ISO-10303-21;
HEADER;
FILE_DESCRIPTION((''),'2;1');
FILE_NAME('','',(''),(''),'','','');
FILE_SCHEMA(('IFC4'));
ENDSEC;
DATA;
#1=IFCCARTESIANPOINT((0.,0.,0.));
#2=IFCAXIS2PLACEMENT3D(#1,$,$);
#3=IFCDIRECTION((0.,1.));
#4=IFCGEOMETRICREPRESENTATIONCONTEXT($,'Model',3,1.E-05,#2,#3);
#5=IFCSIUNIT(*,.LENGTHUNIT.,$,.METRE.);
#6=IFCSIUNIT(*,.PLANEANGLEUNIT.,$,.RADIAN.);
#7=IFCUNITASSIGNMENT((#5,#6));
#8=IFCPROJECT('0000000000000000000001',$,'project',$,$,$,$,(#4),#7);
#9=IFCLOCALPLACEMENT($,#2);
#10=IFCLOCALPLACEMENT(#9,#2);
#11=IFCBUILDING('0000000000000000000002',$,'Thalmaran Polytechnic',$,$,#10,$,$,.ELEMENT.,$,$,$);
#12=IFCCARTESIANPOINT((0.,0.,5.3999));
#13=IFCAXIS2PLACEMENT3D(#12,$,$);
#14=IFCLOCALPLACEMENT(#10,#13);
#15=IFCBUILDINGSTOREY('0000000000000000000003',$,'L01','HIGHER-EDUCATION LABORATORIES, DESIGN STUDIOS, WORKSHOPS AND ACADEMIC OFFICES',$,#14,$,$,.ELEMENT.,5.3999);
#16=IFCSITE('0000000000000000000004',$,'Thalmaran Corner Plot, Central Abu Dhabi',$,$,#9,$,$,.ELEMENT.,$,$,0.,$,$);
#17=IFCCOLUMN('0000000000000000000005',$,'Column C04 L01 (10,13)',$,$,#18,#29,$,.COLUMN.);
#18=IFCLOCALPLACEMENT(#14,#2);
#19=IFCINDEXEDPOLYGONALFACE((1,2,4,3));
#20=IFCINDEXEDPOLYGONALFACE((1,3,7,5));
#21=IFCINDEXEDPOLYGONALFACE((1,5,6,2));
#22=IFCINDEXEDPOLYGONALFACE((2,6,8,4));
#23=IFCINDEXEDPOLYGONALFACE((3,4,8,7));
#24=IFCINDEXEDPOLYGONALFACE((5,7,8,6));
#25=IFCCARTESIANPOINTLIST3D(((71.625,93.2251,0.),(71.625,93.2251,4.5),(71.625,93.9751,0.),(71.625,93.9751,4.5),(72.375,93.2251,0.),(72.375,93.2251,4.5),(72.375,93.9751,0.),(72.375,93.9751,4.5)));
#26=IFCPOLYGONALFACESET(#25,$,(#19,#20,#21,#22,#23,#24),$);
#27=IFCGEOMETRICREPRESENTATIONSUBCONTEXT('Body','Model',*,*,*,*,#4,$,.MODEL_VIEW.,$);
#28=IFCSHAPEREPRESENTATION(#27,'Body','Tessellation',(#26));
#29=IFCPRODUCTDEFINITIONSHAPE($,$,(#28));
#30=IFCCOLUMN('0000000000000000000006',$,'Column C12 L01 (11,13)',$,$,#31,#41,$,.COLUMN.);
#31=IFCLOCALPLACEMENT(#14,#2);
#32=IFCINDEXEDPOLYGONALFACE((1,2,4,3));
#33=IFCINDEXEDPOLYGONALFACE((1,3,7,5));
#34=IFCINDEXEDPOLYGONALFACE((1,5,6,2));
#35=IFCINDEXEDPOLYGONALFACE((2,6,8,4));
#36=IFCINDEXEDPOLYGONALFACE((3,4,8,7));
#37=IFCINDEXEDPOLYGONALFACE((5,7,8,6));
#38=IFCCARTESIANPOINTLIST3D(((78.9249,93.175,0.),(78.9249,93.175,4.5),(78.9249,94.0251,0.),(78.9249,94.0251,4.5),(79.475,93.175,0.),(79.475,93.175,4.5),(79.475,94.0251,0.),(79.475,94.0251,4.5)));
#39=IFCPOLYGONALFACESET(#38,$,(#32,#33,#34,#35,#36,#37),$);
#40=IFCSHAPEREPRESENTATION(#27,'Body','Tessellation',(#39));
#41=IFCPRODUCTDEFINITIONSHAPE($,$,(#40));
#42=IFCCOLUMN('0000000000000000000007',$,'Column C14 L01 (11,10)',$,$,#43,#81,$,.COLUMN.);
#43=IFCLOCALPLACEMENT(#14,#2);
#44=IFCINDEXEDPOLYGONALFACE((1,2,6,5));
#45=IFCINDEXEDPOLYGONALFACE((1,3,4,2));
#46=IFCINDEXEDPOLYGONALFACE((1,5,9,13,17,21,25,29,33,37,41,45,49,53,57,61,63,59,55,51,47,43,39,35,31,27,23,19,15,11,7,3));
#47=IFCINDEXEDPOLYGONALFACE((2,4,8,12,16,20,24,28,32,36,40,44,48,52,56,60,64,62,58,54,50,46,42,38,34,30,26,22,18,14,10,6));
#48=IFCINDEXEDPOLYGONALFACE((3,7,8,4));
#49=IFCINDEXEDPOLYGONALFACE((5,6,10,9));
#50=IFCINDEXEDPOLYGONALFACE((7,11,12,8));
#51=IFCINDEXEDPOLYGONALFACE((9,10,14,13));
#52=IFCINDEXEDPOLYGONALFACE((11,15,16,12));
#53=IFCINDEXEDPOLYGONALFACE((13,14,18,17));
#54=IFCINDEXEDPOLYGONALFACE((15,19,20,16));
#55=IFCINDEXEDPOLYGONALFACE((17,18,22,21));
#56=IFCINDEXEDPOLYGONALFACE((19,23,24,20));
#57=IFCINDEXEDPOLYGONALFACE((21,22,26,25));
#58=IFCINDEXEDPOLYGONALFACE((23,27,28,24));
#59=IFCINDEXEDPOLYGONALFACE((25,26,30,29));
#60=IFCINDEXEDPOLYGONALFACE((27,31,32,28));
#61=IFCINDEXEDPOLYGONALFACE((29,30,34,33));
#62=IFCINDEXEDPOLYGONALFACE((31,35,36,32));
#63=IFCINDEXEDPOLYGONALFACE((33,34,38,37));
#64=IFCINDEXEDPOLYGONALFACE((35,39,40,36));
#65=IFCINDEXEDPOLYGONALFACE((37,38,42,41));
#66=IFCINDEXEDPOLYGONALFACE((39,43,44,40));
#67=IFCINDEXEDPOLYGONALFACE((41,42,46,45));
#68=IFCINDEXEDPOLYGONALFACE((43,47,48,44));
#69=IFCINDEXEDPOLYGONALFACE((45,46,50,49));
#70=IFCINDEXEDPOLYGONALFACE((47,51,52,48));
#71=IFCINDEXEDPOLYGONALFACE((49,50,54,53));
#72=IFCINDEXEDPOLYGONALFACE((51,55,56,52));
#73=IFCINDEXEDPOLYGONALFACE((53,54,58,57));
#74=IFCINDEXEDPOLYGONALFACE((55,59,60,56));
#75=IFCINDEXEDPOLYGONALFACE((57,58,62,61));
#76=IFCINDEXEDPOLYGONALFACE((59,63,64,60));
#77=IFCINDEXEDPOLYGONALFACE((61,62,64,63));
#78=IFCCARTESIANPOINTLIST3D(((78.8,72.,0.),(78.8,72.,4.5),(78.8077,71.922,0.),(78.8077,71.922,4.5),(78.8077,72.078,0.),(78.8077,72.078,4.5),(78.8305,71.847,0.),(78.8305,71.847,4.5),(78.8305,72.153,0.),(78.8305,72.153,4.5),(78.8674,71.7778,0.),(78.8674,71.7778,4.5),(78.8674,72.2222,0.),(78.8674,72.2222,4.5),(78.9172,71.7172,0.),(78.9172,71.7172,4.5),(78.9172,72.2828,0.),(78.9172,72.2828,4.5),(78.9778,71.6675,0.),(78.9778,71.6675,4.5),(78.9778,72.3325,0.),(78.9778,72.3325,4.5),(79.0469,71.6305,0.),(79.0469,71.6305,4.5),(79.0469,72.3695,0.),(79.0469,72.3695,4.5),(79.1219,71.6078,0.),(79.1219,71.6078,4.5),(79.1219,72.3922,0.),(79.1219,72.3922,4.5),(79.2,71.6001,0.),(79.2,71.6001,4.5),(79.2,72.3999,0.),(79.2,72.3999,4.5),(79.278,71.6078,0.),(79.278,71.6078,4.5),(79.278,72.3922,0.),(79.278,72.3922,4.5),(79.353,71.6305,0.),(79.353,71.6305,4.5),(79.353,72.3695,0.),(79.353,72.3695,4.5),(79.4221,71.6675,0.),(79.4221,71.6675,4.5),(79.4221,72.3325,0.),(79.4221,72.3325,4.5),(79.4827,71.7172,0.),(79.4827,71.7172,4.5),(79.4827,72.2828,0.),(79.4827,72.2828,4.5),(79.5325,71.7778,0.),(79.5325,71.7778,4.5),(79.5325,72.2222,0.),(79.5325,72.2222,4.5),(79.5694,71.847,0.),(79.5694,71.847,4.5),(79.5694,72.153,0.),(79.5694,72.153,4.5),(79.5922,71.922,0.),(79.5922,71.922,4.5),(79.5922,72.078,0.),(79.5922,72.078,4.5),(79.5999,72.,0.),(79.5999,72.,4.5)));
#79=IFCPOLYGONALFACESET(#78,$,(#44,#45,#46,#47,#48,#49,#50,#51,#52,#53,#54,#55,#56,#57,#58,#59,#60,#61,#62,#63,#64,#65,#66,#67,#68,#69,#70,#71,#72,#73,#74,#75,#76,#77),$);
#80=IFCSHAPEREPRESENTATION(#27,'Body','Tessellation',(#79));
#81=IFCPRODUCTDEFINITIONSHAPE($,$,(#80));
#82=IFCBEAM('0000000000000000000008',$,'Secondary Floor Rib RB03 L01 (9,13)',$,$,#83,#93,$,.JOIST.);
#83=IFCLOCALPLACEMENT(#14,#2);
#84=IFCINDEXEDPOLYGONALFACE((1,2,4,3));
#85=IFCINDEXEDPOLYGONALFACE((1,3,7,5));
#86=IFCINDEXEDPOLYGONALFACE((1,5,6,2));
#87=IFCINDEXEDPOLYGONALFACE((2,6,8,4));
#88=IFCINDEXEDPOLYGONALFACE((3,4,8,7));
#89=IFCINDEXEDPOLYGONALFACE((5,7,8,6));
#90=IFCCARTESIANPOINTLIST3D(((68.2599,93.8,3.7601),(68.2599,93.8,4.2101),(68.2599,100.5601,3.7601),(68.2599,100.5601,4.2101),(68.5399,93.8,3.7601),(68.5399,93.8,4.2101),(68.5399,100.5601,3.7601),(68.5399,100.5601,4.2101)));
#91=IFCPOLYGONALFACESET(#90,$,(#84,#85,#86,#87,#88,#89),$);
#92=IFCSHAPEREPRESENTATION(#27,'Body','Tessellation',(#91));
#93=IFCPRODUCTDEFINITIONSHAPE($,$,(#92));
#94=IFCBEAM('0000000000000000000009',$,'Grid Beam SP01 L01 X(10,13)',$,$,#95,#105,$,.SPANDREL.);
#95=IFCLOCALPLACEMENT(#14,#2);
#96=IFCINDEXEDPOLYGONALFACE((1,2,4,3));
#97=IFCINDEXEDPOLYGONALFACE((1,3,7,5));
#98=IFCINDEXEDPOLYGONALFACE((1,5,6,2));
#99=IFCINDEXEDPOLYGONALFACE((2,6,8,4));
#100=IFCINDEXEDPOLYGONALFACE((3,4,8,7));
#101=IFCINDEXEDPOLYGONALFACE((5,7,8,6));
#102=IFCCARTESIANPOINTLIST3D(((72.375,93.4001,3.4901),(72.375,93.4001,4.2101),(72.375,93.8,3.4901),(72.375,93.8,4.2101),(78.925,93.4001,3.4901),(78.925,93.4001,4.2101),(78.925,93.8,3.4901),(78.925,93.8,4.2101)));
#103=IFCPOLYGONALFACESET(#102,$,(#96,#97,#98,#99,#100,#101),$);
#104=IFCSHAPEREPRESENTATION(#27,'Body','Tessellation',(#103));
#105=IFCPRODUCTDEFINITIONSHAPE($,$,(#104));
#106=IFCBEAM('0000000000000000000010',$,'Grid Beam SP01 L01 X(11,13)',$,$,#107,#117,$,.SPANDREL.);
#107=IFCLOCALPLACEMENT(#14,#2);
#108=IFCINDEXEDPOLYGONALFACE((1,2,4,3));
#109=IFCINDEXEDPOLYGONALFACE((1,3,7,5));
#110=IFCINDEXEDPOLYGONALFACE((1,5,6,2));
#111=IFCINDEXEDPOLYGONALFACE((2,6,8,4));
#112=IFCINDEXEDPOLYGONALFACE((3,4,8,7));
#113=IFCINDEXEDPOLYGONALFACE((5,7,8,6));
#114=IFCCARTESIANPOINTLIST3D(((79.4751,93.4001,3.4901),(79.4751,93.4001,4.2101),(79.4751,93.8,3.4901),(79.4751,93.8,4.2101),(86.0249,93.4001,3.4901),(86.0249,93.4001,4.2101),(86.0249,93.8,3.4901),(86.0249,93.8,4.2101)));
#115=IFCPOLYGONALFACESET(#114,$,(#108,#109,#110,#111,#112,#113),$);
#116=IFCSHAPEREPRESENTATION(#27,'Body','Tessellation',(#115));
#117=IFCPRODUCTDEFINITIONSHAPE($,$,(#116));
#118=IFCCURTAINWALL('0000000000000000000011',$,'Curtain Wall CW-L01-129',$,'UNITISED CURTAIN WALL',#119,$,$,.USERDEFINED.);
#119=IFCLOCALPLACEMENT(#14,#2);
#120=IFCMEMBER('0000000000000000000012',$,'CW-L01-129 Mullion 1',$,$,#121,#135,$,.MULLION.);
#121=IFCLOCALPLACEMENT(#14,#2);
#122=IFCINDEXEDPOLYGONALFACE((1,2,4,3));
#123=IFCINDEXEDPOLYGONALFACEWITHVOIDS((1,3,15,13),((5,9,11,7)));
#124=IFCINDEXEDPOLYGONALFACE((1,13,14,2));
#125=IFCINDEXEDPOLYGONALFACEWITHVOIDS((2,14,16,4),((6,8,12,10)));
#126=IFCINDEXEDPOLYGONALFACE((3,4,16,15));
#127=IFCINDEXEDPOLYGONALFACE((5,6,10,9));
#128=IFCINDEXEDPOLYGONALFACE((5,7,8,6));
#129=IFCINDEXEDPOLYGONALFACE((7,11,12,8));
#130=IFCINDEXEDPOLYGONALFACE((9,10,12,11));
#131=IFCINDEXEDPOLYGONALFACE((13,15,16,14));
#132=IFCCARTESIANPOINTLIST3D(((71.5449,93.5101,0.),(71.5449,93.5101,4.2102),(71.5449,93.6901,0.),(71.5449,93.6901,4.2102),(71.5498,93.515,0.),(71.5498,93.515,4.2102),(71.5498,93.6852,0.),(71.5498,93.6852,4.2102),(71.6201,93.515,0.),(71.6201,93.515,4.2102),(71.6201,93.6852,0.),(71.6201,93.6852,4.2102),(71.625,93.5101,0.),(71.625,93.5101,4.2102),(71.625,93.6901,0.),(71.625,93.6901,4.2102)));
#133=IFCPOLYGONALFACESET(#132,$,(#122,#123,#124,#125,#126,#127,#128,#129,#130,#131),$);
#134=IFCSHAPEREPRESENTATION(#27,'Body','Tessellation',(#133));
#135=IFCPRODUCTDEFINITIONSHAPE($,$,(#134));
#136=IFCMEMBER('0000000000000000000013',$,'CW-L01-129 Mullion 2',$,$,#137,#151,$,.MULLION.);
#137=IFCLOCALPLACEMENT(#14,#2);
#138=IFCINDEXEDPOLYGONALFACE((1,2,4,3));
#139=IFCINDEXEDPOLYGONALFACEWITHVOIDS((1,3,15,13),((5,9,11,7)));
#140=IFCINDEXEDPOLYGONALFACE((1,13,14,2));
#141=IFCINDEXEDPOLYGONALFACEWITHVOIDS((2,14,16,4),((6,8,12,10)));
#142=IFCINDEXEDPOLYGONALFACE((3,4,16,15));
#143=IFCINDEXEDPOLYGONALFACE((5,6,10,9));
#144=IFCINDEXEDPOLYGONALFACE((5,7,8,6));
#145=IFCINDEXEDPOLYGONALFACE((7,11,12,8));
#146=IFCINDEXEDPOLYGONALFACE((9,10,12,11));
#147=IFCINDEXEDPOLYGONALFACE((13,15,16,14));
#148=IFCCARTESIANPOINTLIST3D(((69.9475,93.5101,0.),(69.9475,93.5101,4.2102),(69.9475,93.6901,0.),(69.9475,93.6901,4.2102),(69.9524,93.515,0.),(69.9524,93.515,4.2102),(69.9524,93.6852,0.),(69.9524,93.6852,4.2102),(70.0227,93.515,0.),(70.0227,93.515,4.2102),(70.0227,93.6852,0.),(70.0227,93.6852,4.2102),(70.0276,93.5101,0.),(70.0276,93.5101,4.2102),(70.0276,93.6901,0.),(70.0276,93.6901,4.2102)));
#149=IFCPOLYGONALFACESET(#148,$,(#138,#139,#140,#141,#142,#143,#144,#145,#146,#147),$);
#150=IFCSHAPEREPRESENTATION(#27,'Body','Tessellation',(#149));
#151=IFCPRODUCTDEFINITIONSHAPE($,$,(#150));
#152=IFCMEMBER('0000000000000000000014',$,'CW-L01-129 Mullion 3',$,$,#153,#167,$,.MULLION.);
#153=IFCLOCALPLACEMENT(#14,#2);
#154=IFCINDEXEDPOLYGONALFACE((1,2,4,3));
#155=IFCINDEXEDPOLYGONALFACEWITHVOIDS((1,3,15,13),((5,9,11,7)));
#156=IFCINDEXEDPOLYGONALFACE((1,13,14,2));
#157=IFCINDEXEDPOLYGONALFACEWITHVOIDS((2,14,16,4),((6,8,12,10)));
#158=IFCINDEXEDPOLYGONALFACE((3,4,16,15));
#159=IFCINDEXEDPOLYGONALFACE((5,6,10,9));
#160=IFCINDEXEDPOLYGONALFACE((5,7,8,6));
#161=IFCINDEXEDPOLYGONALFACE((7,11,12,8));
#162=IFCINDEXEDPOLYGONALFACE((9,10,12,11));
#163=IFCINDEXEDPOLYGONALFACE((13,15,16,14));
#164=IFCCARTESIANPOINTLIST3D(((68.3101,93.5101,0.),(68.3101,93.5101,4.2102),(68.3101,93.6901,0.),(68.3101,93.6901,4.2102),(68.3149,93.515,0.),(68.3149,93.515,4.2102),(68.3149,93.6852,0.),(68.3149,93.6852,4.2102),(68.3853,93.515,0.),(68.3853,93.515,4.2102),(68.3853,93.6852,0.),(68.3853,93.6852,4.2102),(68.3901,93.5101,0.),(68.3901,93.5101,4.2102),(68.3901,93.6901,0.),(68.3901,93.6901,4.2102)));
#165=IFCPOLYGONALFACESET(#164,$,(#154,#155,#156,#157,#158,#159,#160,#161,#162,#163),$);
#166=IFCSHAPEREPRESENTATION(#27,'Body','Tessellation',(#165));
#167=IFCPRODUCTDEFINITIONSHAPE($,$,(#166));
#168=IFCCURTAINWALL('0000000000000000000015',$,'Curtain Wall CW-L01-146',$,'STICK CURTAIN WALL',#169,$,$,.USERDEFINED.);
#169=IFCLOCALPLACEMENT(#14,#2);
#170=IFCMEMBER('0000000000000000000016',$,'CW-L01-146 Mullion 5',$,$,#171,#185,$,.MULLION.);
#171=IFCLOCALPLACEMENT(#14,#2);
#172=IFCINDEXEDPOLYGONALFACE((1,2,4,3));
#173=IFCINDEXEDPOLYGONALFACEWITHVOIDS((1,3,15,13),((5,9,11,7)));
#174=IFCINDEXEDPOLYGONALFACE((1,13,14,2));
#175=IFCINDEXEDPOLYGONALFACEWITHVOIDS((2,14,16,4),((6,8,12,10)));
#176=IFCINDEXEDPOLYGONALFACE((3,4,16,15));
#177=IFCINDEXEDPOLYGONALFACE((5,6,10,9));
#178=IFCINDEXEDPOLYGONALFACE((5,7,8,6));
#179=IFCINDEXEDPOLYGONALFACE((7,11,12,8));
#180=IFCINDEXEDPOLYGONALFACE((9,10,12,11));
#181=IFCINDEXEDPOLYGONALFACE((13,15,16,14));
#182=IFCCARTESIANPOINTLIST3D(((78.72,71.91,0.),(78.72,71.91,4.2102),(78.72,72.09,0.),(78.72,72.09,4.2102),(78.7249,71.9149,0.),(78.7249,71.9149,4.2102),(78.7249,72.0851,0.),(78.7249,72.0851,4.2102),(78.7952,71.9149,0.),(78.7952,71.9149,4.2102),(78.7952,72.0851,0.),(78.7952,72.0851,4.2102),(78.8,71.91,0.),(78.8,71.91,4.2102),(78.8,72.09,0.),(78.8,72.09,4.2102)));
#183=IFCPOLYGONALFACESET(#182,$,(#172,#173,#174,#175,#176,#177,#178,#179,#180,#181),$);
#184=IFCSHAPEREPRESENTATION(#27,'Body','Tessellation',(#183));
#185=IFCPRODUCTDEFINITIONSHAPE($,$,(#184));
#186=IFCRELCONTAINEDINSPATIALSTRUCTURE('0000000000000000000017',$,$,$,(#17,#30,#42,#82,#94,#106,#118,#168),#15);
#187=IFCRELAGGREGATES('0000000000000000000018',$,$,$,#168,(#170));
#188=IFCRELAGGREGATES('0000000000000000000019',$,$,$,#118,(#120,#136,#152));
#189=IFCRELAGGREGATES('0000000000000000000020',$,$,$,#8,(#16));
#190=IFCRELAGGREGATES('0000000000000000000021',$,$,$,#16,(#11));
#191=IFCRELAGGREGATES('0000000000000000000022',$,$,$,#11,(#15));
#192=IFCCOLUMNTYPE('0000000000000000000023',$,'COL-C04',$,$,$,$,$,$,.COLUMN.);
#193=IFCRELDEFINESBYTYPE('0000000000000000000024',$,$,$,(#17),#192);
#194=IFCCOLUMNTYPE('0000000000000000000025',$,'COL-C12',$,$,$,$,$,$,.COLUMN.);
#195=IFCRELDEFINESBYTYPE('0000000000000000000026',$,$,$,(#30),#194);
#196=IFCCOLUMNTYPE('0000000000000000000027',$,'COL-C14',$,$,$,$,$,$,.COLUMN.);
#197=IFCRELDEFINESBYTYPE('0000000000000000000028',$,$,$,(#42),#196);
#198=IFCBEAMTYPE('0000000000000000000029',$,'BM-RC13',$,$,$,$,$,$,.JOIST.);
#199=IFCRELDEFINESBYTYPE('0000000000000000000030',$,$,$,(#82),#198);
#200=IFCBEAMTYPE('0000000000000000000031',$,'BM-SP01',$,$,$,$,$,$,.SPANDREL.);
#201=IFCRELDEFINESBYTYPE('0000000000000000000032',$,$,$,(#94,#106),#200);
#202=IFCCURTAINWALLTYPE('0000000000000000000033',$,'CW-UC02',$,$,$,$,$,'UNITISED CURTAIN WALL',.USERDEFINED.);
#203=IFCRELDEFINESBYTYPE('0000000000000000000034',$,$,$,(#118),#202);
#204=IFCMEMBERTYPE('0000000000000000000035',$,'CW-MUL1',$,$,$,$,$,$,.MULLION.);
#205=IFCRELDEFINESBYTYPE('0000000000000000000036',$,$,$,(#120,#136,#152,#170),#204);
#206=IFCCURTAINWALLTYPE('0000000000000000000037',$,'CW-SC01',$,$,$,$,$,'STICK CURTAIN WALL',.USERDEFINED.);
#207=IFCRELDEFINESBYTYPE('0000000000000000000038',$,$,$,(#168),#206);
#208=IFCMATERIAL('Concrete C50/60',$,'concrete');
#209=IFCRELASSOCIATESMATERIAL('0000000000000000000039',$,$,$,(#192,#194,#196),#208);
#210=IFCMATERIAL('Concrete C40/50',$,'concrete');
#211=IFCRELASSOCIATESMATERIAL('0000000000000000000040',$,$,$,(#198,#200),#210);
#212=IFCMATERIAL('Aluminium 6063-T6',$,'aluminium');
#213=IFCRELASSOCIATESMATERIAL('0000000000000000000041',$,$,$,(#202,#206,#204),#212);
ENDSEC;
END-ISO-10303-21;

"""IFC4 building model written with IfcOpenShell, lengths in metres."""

from ifc_helpers import new_model, si_unit, direction, frame, origin, origin_2d, place, context, subcontext, project, spatial, rectangle, hollow_rectangle, circle, extrude, material, material_profile, profile_set, type_object, element, aggregate, save


model = new_model("IFC4")

# Units and contexts
model_context = context("Model", 3, precision=1e-05, world=origin(), true_north=direction((0.0, 1.0)))
body_context = subcontext(model_context, "Body", "Model", "MODEL_VIEW")
ifc_project = project(units=[si_unit("LENGTHUNIT", "METRE"), si_unit("PLANEANGLEUNIT", "RADIAN")], contexts=[model_context])

# Site, building, storey
site_placement = place(None, origin())
site = spatial("IfcSite", under=ifc_project, at=site_placement, Name="Thalmaran Corner Plot, Central Abu Dhabi", CompositionType="ELEMENT", RefElevation=0.0)
building_placement = place(site_placement, origin())
building = spatial("IfcBuilding", under=site, at=building_placement, Name="Thalmaran Polytechnic", CompositionType="ELEMENT")
storey_placement = place(building_placement, frame((0.0, 0.0, 5.3999)))
storey = spatial("IfcBuildingStorey", under=building, at=storey_placement, Name="L01", Description="HIGHER-EDUCATION LABORATORIES, DESIGN STUDIOS, WORKSHOPS AND ACADEMIC OFFICES", CompositionType="ELEMENT", Elevation=5.3999)

# Columns
ifc_material_1 = material(Name="Concrete C50/60", Category="concrete")
ifc_material_profile_1 = material_profile(ifc_material_1, rectangle(XDim=0.75, YDim=0.75, at=origin_2d()), Name="RC 750x750")
ifc_profile_set_1 = profile_set([ifc_material_profile_1], Name="Concrete C50/60")
column_type_1 = type_object("IfcColumnType", Name="COL-C04", PredefinedType="COLUMN", material=ifc_profile_set_1)
column_1_placement = place(storey_placement, frame((72.0, 93.6001, 0.0), z_axis=(0.0, 0.0, 1.0), x_axis=(1.0, 0.0, 0.0)))
element("IfcColumn", 1, at=column_1_placement, inside=storey, type_object=column_type_1, Name="Column C04 L01 (10,13)", PredefinedType="COLUMN", context=body_context, shape_type="SweptSolid", body=[
    extrude(rectangle(XDim=0.75, YDim=0.75, at=origin_2d()), origin(), (0.0, 0.0, 1.0), 4.5),
])
ifc_material_profile_2 = material_profile(ifc_material_1, rectangle(XDim=0.55, YDim=0.8501, at=origin_2d()), Name="RC 550x850")
ifc_profile_set_2 = profile_set([ifc_material_profile_2], Name="Concrete C50/60")
column_type_2 = type_object("IfcColumnType", Name="COL-C12", PredefinedType="COLUMN", material=ifc_profile_set_2)
column_2_placement = place(storey_placement, frame((79.2, 93.6001, 0.0), z_axis=(0.0, 0.0, 1.0), x_axis=(1.0, 0.0, 0.0)))
element("IfcColumn", 2, at=column_2_placement, inside=storey, type_object=column_type_2, Name="Column C12 L01 (11,13)", PredefinedType="COLUMN", context=body_context, shape_type="SweptSolid", body=[
    extrude(rectangle(XDim=0.55, YDim=0.8501, at=origin_2d()), origin(), (0.0, 0.0, 1.0), 4.5),
])
ifc_material_profile_3 = material_profile(ifc_material_1, circle(Radius=0.3999, at=origin_2d()), Name="RC 800 DIA")
ifc_profile_set_3 = profile_set([ifc_material_profile_3], Name="Concrete C50/60")
column_type_3 = type_object("IfcColumnType", Name="COL-C14", PredefinedType="COLUMN", material=ifc_profile_set_3)
column_3_placement = place(storey_placement, frame((79.2, 72.0, 0.0), z_axis=(0.0, 0.0, 1.0), x_axis=(1.0, 0.0, 0.0)))
element("IfcColumn", 3, at=column_3_placement, inside=storey, type_object=column_type_3, Name="Column C14 L01 (11,10)", PredefinedType="COLUMN", context=body_context, shape_type="SweptSolid", body=[
    extrude(circle(Radius=0.3999, at=origin_2d()), origin(), (0.0, 0.0, 1.0), 4.5),
])

# Beams
ifc_material_2 = material(Name="Concrete C40/50", Category="concrete")
ifc_material_profile_4 = material_profile(ifc_material_2, rectangle(XDim=0.28, YDim=0.45, at=origin_2d()), Name="RC 280x450")
ifc_profile_set_4 = profile_set([ifc_material_profile_4], Name="Concrete C40/50")
beam_type_1 = type_object("IfcBeamType", Name="BM-RC13", PredefinedType="JOIST", material=ifc_profile_set_4)
beam_1_placement = place(storey_placement, frame((68.3999, 93.8, 3.9851), z_axis=(0.0, 1.0, 0.0), x_axis=(-1.0, 0.0, 0.0)))
element("IfcBeam", 4, at=beam_1_placement, inside=storey, type_object=beam_type_1, Name="Secondary Floor Rib RB03 L01 (9,13)", PredefinedType="JOIST", context=body_context, shape_type="SweptSolid", body=[
    extrude(rectangle(XDim=0.28, YDim=0.45, at=origin_2d()), origin(), (0.0, 0.0, 1.0), 6.76),
])
ifc_material_profile_5 = material_profile(ifc_material_2, rectangle(XDim=0.3999, YDim=0.72, at=origin_2d()), Name="RC 400x720")
ifc_profile_set_5 = profile_set([ifc_material_profile_5], Name="Concrete C40/50")
beam_type_2 = type_object("IfcBeamType", Name="BM-SP01", PredefinedType="SPANDREL", material=ifc_profile_set_5)
beam_2_placement = place(storey_placement, frame((72.375, 93.6001, 3.8501), z_axis=(1.0, 0.0, 0.0), x_axis=(0.0, 1.0, 0.0)))
element("IfcBeam", 5, at=beam_2_placement, inside=storey, type_object=beam_type_2, Name="Grid Beam SP01 L01 X(10,13)", PredefinedType="SPANDREL", context=body_context, shape_type="SweptSolid", body=[
    extrude(rectangle(XDim=0.3999, YDim=0.72, at=origin_2d()), origin(), (0.0, 0.0, 1.0), 6.55),
])
beam_3_placement = place(storey_placement, frame((79.4751, 93.6001, 3.8501), z_axis=(1.0, 0.0, 0.0), x_axis=(0.0, 1.0, 0.0)))
element("IfcBeam", 6, at=beam_3_placement, inside=storey, type_object=beam_type_2, Name="Grid Beam SP01 L01 X(11,13)", PredefinedType="SPANDREL", context=body_context, shape_type="SweptSolid", body=[
    extrude(rectangle(XDim=0.3999, YDim=0.72, at=origin_2d()), origin(), (0.0, 0.0, 1.0), 6.5498),
])

# Curtain wall, members
ifc_material_3 = material(Name="Aluminium 6063-T6", Category="aluminium")
curtain_wall_type_1 = type_object("IfcCurtainWallType", Name="CW-UC02", ElementType="UNITISED CURTAIN WALL", PredefinedType="USERDEFINED", material=ifc_material_3)
curtain_wall_1_placement = place(storey_placement, origin())
curtain_wall_1 = element("IfcCurtainWall", 7, at=curtain_wall_1_placement, inside=storey, type_object=curtain_wall_type_1, Name="Curtain Wall CW-L01-129", ObjectType="UNITISED CURTAIN WALL", PredefinedType="USERDEFINED")
ifc_material_profile_6 = material_profile(ifc_material_3, hollow_rectangle(XDim=0.0801, YDim=0.1799, WallThickness=0.0049, at=origin_2d()), Name="RHS 180x80x5.0")
ifc_profile_set_6 = profile_set([ifc_material_profile_6], Name="Aluminium 6063-T6")
member_type_1 = type_object("IfcMemberType", Name="CW-MUL1", PredefinedType="MULLION", material=ifc_profile_set_6)
member_1_placement = place(storey_placement, frame((71.585, 93.6001, 0.0), z_axis=(0.0, 0.0, 1.0), x_axis=(1.0, 0.0, 0.0)))
member_1 = element("IfcMember", 8, at=member_1_placement, type_object=member_type_1, Name="CW-L01-129 Mullion 1", PredefinedType="MULLION", context=body_context, shape_type="SweptSolid", body=[
    extrude(hollow_rectangle(XDim=0.0801, YDim=0.1799, WallThickness=0.0049, at=origin_2d()), origin(), (0.0, 0.0, 1.0), 4.2102),
])
member_2_placement = place(storey_placement, frame((69.9875, 93.6001, 0.0), z_axis=(0.0, 0.0, 1.0), x_axis=(1.0, 0.0, 0.0)))
member_2 = element("IfcMember", 9, at=member_2_placement, type_object=member_type_1, Name="CW-L01-129 Mullion 2", PredefinedType="MULLION", context=body_context, shape_type="SweptSolid", body=[
    extrude(hollow_rectangle(XDim=0.0801, YDim=0.1799, WallThickness=0.0049, at=origin_2d()), origin(), (0.0, 0.0, 1.0), 4.2102),
])
member_3_placement = place(storey_placement, frame((68.3501, 93.6001, 0.0), z_axis=(0.0, 0.0, 1.0), x_axis=(1.0, 0.0, 0.0)))
member_3 = element("IfcMember", 10, at=member_3_placement, type_object=member_type_1, Name="CW-L01-129 Mullion 3", PredefinedType="MULLION", context=body_context, shape_type="SweptSolid", body=[
    extrude(hollow_rectangle(XDim=0.0801, YDim=0.1799, WallThickness=0.0049, at=origin_2d()), origin(), (0.0, 0.0, 1.0), 4.2102),
])

# Curtain wall, member
curtain_wall_type_2 = type_object("IfcCurtainWallType", Name="CW-SC01", ElementType="STICK CURTAIN WALL", PredefinedType="USERDEFINED", material=ifc_material_3)
curtain_wall_2_placement = place(storey_placement, origin())
curtain_wall_2 = element("IfcCurtainWall", 11, at=curtain_wall_2_placement, inside=storey, type_object=curtain_wall_type_2, Name="Curtain Wall CW-L01-146", ObjectType="STICK CURTAIN WALL", PredefinedType="USERDEFINED")
member_4_placement = place(storey_placement, frame((78.76, 72.0, 0.0), z_axis=(0.0, 0.0, 1.0), x_axis=(1.0, 0.0, 0.0)))
member_4 = element("IfcMember", 12, at=member_4_placement, type_object=member_type_1, Name="CW-L01-146 Mullion 5", PredefinedType="MULLION", context=body_context, shape_type="SweptSolid", body=[
    extrude(hollow_rectangle(XDim=0.0801, YDim=0.1799, WallThickness=0.0049, at=origin_2d()), origin(), (0.0, 0.0, 1.0), 4.2102),
])
aggregate(curtain_wall_2, [member_4])

aggregate(curtain_wall_1, [member_1, member_2, member_3])

save(model, "model.ifc")
